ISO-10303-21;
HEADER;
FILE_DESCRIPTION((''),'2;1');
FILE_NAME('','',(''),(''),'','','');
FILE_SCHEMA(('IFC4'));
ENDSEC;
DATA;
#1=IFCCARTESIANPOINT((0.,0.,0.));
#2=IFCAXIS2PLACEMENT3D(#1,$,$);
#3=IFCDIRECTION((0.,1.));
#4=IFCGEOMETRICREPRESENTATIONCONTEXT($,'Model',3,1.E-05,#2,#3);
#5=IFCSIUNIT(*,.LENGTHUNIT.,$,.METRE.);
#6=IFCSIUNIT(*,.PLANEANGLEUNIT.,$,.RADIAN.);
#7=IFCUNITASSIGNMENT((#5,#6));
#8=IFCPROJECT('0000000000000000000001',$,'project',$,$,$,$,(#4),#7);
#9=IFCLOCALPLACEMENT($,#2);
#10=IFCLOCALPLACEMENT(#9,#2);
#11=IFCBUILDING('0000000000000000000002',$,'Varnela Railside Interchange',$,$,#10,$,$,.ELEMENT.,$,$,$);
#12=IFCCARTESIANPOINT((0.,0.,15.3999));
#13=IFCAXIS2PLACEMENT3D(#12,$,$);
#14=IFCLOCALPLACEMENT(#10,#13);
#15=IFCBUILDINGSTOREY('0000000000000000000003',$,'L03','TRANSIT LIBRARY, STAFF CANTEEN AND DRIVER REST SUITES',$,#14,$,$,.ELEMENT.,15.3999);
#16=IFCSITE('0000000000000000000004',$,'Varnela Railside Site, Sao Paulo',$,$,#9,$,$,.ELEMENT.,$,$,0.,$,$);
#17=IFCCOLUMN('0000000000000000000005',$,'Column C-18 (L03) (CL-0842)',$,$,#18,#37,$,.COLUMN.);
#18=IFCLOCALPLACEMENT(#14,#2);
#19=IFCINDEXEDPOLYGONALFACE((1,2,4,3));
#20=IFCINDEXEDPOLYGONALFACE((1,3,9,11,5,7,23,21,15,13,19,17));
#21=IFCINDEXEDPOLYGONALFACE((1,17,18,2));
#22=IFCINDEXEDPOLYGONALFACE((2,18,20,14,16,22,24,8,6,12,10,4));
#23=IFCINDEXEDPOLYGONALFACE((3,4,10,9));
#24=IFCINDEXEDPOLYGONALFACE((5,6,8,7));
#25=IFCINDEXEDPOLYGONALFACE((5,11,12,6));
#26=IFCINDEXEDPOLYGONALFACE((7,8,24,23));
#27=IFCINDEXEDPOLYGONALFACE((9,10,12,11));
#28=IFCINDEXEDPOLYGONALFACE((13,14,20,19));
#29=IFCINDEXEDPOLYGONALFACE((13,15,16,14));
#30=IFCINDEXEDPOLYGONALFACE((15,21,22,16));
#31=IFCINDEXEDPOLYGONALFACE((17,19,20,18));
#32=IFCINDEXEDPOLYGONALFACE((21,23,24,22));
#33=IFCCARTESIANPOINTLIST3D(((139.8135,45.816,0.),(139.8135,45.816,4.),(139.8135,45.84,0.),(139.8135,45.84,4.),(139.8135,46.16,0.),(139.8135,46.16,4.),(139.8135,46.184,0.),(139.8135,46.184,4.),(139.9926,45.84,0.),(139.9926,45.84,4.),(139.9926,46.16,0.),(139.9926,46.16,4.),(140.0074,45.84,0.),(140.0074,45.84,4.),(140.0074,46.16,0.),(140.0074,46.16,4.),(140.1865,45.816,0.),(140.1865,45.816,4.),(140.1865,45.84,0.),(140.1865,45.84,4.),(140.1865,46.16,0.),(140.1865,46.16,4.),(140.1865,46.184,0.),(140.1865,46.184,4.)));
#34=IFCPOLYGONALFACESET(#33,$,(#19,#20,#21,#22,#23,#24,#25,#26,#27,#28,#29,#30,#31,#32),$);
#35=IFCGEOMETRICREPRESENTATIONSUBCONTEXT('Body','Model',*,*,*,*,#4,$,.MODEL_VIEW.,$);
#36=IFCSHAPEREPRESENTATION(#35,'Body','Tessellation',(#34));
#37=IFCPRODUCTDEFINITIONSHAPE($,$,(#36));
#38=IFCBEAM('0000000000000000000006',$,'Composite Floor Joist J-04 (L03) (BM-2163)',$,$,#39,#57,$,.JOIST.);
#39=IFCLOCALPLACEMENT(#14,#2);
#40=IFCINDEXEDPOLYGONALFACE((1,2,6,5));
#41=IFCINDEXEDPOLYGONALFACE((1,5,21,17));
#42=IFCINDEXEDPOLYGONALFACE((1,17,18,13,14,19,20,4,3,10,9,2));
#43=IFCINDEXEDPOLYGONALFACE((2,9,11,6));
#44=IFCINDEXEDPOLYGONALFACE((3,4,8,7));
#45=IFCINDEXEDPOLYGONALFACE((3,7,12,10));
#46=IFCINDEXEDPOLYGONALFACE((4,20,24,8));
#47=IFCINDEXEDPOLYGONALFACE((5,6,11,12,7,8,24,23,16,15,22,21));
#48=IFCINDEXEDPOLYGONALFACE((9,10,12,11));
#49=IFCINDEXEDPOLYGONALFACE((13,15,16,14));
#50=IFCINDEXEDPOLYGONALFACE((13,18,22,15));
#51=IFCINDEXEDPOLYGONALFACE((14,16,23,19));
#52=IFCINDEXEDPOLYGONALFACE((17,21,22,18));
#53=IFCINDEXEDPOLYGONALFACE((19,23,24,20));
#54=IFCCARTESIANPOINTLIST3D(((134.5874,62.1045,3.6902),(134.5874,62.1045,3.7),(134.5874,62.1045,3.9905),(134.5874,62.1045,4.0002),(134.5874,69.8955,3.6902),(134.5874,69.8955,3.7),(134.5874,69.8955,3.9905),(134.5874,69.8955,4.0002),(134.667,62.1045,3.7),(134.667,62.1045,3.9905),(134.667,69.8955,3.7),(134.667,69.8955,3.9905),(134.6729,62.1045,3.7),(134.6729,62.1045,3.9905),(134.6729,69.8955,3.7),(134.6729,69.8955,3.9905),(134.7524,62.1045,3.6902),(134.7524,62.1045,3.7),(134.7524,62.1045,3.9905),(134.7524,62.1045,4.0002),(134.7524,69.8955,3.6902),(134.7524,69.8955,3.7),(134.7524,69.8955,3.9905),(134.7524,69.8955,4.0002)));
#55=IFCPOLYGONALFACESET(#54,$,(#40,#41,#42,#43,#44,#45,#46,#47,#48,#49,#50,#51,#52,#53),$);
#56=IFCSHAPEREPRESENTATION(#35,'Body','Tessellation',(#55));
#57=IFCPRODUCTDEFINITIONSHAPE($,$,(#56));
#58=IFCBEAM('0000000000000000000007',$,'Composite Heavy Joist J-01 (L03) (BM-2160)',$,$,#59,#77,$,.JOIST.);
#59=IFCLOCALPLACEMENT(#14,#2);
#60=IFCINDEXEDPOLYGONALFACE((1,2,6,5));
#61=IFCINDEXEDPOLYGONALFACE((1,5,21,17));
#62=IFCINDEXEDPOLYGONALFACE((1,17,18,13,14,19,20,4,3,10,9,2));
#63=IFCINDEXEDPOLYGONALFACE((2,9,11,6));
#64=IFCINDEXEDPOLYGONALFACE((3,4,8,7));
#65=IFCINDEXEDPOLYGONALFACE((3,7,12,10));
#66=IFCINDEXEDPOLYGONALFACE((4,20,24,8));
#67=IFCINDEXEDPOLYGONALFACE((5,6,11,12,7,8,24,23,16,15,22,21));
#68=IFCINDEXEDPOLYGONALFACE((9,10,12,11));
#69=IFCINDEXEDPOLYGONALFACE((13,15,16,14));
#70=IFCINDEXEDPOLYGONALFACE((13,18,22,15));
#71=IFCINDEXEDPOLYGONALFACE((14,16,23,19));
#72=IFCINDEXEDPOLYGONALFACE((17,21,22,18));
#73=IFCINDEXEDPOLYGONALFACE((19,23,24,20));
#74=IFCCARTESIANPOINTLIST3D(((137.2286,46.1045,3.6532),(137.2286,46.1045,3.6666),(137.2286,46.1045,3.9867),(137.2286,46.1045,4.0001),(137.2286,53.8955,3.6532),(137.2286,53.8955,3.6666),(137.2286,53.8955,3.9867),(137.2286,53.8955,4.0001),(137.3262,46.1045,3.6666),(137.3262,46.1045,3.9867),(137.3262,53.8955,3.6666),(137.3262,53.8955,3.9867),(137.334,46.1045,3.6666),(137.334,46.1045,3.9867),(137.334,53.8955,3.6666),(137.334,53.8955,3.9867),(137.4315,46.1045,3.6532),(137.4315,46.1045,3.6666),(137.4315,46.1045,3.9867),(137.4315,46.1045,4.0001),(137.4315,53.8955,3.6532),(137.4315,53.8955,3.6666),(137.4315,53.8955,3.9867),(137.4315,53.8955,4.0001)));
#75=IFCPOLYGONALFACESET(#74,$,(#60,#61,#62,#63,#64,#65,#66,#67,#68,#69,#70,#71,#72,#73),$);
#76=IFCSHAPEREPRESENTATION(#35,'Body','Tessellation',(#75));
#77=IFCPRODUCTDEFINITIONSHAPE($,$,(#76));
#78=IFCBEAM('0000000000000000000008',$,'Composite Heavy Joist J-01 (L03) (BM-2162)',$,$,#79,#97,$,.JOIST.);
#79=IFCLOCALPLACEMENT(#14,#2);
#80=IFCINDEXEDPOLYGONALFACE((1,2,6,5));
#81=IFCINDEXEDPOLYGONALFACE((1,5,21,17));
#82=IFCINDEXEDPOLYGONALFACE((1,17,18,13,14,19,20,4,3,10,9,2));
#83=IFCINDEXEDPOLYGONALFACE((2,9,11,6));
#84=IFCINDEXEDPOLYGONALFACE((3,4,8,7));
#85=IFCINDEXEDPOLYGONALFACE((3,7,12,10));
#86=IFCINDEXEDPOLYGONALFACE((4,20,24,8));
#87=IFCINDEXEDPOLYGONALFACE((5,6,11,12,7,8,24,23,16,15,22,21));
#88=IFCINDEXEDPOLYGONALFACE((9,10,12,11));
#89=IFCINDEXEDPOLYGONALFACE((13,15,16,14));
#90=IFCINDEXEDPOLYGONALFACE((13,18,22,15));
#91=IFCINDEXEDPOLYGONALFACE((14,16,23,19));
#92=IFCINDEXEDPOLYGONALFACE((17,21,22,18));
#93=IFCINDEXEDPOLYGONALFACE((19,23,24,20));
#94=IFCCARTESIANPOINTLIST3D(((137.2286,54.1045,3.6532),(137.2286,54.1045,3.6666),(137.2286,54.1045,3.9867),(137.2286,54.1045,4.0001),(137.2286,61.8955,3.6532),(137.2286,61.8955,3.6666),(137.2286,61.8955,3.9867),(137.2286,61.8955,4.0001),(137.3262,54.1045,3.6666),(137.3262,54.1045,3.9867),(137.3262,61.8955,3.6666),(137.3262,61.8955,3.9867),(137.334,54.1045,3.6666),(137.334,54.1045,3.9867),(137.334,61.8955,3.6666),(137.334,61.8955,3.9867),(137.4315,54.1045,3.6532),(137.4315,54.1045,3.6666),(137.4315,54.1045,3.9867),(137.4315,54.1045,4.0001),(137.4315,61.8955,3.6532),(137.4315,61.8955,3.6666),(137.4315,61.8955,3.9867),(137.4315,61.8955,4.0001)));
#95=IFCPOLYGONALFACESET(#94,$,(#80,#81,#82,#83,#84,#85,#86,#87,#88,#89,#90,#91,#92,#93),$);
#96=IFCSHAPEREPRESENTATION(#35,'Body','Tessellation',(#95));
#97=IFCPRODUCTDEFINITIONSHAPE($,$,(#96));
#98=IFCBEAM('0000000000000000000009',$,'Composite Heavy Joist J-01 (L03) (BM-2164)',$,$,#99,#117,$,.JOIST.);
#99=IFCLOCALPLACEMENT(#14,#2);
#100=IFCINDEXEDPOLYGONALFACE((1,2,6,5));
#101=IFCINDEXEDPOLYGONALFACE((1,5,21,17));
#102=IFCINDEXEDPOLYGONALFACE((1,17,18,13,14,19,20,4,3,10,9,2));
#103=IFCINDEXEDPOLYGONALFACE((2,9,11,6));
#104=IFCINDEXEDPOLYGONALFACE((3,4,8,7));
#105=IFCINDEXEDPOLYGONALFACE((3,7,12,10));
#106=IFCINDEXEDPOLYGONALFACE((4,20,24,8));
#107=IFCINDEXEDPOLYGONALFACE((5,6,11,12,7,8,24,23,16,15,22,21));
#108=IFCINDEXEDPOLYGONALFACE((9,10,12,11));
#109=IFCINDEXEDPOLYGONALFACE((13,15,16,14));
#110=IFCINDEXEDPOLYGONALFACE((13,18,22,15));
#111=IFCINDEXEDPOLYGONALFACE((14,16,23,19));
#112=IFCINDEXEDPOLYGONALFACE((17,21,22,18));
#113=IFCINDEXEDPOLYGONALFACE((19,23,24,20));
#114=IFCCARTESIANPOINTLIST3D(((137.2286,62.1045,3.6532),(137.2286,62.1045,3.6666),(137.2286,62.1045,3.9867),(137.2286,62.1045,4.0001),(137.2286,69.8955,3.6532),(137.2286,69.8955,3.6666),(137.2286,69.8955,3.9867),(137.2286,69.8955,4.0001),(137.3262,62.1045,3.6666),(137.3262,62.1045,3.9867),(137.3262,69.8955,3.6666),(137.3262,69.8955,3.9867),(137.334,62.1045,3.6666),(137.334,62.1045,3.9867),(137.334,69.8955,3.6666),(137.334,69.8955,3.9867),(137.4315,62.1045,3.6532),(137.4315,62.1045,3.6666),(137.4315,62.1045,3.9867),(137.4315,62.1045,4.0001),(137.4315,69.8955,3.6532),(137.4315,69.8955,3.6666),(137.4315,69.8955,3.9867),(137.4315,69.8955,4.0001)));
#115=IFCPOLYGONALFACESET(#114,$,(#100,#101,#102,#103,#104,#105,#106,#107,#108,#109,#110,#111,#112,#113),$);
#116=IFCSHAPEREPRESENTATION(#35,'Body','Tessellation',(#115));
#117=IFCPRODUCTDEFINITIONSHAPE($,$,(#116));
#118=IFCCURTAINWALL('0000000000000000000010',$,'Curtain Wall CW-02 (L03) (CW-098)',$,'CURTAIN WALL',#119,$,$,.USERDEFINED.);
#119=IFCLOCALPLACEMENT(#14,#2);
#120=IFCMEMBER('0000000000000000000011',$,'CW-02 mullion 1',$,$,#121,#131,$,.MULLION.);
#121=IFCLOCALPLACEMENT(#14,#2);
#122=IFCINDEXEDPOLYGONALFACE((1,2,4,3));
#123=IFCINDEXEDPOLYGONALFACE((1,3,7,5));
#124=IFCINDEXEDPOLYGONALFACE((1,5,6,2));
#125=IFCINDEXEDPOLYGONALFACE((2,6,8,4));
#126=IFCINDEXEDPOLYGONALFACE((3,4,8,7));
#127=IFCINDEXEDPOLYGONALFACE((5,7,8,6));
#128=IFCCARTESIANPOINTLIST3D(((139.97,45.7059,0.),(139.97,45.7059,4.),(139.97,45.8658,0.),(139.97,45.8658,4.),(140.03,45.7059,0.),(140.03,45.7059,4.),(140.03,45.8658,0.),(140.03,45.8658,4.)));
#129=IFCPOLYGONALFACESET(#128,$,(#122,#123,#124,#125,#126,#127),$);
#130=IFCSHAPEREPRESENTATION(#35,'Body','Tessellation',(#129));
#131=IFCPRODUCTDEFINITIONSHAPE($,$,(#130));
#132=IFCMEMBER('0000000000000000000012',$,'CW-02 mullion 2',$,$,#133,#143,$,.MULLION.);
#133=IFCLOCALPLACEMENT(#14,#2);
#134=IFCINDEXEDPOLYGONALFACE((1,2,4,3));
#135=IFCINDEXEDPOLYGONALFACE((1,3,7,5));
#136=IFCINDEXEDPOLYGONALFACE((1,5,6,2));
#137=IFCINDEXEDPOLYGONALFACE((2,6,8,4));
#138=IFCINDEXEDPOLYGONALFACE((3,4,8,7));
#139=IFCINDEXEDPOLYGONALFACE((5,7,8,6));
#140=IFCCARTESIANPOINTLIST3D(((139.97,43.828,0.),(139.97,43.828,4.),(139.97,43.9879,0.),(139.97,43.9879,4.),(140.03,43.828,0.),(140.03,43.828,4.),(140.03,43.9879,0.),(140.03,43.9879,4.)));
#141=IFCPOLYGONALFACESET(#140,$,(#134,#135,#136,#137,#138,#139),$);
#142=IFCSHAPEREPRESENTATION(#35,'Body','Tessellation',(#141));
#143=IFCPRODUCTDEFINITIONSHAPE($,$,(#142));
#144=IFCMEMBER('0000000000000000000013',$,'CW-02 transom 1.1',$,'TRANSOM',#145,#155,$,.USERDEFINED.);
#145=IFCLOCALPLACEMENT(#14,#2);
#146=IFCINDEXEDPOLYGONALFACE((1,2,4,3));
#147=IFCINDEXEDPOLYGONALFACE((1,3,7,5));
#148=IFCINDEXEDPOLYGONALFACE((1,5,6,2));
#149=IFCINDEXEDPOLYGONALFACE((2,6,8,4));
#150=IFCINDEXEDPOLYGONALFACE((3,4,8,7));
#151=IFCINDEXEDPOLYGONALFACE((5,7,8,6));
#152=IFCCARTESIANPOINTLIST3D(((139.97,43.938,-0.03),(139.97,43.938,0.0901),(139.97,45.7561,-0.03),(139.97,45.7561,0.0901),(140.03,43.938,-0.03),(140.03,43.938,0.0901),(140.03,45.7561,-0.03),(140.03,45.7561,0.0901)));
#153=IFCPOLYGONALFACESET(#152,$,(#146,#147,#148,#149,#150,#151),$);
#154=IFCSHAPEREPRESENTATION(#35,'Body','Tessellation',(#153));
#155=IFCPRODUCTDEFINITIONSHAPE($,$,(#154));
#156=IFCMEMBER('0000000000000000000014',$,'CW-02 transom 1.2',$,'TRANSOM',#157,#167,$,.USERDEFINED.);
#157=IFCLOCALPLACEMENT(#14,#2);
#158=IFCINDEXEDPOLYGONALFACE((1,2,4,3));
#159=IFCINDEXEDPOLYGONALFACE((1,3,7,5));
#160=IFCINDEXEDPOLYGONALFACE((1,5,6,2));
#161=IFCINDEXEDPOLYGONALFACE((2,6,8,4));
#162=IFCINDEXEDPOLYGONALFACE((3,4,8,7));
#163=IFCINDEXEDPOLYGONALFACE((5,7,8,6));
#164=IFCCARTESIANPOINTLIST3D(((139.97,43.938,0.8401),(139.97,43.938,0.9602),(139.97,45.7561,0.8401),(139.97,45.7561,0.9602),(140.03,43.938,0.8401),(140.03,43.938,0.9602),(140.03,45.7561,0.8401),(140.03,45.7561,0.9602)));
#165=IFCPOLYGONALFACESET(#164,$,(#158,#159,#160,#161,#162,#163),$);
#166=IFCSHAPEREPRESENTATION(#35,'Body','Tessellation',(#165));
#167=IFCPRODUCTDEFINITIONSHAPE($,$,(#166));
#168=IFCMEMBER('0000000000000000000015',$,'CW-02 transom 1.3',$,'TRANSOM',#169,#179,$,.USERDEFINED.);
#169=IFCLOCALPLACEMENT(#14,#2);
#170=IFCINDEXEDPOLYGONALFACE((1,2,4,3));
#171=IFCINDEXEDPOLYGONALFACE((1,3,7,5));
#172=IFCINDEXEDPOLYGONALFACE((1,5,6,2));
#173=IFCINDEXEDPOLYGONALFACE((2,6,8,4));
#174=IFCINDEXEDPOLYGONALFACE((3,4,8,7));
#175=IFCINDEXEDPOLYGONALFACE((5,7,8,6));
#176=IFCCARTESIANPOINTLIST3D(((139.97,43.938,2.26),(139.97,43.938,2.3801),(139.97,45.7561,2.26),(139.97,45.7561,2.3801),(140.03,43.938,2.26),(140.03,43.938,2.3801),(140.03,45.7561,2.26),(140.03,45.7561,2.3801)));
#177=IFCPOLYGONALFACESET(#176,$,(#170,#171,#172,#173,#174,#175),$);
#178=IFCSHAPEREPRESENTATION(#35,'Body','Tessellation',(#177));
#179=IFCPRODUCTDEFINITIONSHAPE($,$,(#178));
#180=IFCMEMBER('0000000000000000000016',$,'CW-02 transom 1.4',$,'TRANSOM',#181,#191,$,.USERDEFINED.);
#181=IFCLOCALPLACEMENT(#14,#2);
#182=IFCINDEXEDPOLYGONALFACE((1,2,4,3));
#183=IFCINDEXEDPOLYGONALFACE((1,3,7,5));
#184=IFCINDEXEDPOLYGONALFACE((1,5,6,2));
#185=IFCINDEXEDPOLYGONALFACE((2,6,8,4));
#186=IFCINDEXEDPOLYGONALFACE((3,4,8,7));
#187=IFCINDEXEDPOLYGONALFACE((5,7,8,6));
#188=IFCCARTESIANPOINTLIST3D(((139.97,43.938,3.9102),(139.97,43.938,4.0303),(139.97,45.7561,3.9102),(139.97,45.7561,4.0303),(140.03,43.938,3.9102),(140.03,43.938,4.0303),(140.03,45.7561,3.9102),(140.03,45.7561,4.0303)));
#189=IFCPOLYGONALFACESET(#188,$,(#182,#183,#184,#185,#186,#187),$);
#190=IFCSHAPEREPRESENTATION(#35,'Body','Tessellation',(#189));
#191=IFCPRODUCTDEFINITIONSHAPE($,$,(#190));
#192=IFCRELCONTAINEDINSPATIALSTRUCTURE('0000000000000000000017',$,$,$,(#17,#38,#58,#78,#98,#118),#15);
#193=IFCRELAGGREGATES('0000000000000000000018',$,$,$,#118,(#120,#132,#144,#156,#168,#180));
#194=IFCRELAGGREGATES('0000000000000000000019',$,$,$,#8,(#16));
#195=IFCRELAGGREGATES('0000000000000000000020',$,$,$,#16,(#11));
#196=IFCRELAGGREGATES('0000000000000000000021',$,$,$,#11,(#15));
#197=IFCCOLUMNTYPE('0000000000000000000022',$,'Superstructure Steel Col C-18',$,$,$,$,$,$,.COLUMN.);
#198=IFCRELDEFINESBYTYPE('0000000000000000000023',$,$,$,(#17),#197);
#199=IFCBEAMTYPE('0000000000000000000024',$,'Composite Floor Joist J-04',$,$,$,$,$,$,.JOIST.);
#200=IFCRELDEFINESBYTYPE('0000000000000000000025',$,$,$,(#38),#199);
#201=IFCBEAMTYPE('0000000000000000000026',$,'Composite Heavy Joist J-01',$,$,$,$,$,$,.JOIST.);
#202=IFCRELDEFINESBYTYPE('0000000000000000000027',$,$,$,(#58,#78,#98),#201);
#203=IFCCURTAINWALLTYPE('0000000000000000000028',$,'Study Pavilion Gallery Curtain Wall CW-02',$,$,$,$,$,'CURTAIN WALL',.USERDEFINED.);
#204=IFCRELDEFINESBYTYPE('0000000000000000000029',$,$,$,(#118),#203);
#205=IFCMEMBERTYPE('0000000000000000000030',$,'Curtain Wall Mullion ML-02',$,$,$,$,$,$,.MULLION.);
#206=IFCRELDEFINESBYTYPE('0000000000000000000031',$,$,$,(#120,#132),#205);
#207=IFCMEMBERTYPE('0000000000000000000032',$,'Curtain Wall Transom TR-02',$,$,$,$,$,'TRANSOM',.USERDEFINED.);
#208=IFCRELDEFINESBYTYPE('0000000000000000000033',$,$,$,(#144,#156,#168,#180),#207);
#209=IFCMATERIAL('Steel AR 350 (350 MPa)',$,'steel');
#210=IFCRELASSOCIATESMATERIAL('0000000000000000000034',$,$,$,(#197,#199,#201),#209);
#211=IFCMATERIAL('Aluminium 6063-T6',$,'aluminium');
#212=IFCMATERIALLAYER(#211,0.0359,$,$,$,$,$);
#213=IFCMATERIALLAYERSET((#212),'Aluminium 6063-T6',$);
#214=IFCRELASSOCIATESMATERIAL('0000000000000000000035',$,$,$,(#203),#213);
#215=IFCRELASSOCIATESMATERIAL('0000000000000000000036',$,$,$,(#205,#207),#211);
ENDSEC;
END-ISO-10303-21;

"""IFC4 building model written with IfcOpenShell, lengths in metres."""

from ifc_helpers import new_model, si_unit, direction, frame, origin, origin_2d, place, context, subcontext, project, spatial, rectangle, i_section, extrude, material, layer, layer_set, material_profile, profile_set, type_object, element, aggregate, save


model = new_model("IFC4")

# Units and contexts
model_context = context("Model", 3, precision=1e-05, world=origin(), true_north=direction((0.0, 1.0)))
body_context = subcontext(model_context, "Body", "Model", "MODEL_VIEW")
ifc_project = project(units=[si_unit("LENGTHUNIT", "METRE"), si_unit("PLANEANGLEUNIT", "RADIAN")], contexts=[model_context])

# Site, building, storey
site_placement = place(None, origin())
site = spatial("IfcSite", under=ifc_project, at=site_placement, Name="Varnela Railside Site, Sao Paulo", CompositionType="ELEMENT", RefElevation=0.0)
building_placement = place(site_placement, origin())
building = spatial("IfcBuilding", under=site, at=building_placement, Name="Varnela Railside Interchange", CompositionType="ELEMENT")
storey_placement = place(building_placement, frame((0.0, 0.0, 15.3999)))
storey = spatial("IfcBuildingStorey", under=building, at=storey_placement, Name="L03", Description="TRANSIT LIBRARY, STAFF CANTEEN AND DRIVER REST SUITES", CompositionType="ELEMENT", Elevation=15.3999)

# Column
ifc_material_1 = material(Name="Steel AR 350 (350 MPa)", Category="steel")
ifc_material_profile_1 = material_profile(ifc_material_1, i_section(OverallWidth=0.373, OverallDepth=0.3679, WebThickness=0.0149, FlangeThickness=0.0239, at=origin_2d()), Name="W360x179")
ifc_profile_set_1 = profile_set([ifc_material_profile_1], Name="Steel AR 350 (350 MPa)")
column_type = type_object("IfcColumnType", Name="Superstructure Steel Col C-18", PredefinedType="COLUMN", material=ifc_profile_set_1)
column_placement = place(storey_placement, frame((140.0, 46.0, 0.0), z_axis=(0.0, 0.0, 1.0), x_axis=(1.0, 0.0, 0.0)))
element("IfcColumn", 1, at=column_placement, inside=storey, type_object=column_type, Name="Column C-18 (L03) (CL-0842)", PredefinedType="COLUMN", context=body_context, shape_type="SweptSolid", body=[
    extrude(i_section(OverallWidth=0.373, OverallDepth=0.3679, WebThickness=0.0149, FlangeThickness=0.0239, at=origin_2d()), origin(), (0.0, 0.0, 1.0), 4.0),
])

# Beams
ifc_material_profile_2 = material_profile(ifc_material_1, i_section(OverallWidth=0.165, OverallDepth=0.3101, WebThickness=0.0059, FlangeThickness=0.0098, at=origin_2d()), Name="W310x38.7")
ifc_profile_set_2 = profile_set([ifc_material_profile_2], Name="Steel AR 350 (350 MPa)")
beam_type_1 = type_object("IfcBeamType", Name="Composite Floor Joist J-04", PredefinedType="JOIST", material=ifc_profile_set_2)
beam_1_placement = place(storey_placement, frame((134.6699, 62.1045, 3.8452), z_axis=(0.0, 1.0, 0.0), x_axis=(-1.0, 0.0, 0.0)))
element("IfcBeam", 2, at=beam_1_placement, inside=storey, type_object=beam_type_1, Name="Composite Floor Joist J-04 (L03) (BM-2163)", PredefinedType="JOIST", context=body_context, shape_type="SweptSolid", body=[
    extrude(i_section(OverallWidth=0.165, OverallDepth=0.3101, WebThickness=0.0059, FlangeThickness=0.0098, at=origin_2d()), origin(), (0.0, 0.0, 1.0), 7.791),
])
ifc_material_profile_3 = material_profile(ifc_material_1, i_section(OverallWidth=0.2029, OverallDepth=0.3469, WebThickness=0.0078, FlangeThickness=0.0134, at=origin_2d()), Name="W360x64")
ifc_profile_set_3 = profile_set([ifc_material_profile_3], Name="Steel AR 350 (350 MPa)")
beam_type_2 = type_object("IfcBeamType", Name="Composite Heavy Joist J-01", PredefinedType="JOIST", material=ifc_profile_set_3)
for number, where, z_axis, x_axis, name in (
    (3, (137.3301, 46.1045, 3.8267), (0.0, 1.0, 0.0), (-1.0, 0.0, 0.0), "Composite Heavy Joist J-01 (L03) (BM-2160)"),
    (4, (137.3301, 54.1045, 3.8267), (0.0, 1.0, 0.0), (-1.0, 0.0, 0.0), "Composite Heavy Joist J-01 (L03) (BM-2162)"),
    (5, (137.3301, 62.1045, 3.8267), (0.0, 1.0, 0.0), (-1.0, 0.0, 0.0), "Composite Heavy Joist J-01 (L03) (BM-2164)"),
):
    element("IfcBeam", number, at=place(storey_placement, frame(where, z_axis=z_axis, x_axis=x_axis)), inside=storey, type_object=beam_type_2, Name=name, PredefinedType="JOIST", context=body_context, shape_type="SweptSolid", body=[
        extrude(i_section(OverallWidth=0.2029, OverallDepth=0.3469, WebThickness=0.0078, FlangeThickness=0.0134, at=origin_2d()), origin(), (0.0, 0.0, 1.0), 7.791),
    ])

# Curtain wall, members
ifc_material_2 = material(Name="Aluminium 6063-T6", Category="aluminium")
ifc_layer_1 = layer(ifc_material_2, 0.0359)
ifc_layer_set_1 = layer_set([ifc_layer_1], Name="Aluminium 6063-T6")
curtain_wall_type = type_object("IfcCurtainWallType", Name="Study Pavilion Gallery Curtain Wall CW-02", ElementType="CURTAIN WALL", PredefinedType="USERDEFINED", material=ifc_layer_set_1)
curtain_wall_placement = place(storey_placement, origin())
curtain_wall = element("IfcCurtainWall", 6, at=curtain_wall_placement, inside=storey, type_object=curtain_wall_type, Name="Curtain Wall CW-02 (L03) (CW-098)", ObjectType="CURTAIN WALL", PredefinedType="USERDEFINED")
ifc_material_profile_4 = material_profile(ifc_material_2, rectangle(XDim=0.0601, YDim=0.1599, at=origin_2d()), Name="ALU 60x160")
ifc_profile_set_4 = profile_set([ifc_material_profile_4], Name="Aluminium 6063-T6")
member_type_1 = type_object("IfcMemberType", Name="Curtain Wall Mullion ML-02", PredefinedType="MULLION", material=ifc_profile_set_4)
member_1_placement = place(storey_placement, frame((140.0, 45.7859, 0.0), z_axis=(0.0, 0.0, 1.0), x_axis=(1.0, 0.0, 0.0)))
member_1 = element("IfcMember", 7, at=member_1_placement, type_object=member_type_1, Name="CW-02 mullion 1", PredefinedType="MULLION", context=body_context, shape_type="SweptSolid", body=[
    extrude(rectangle(XDim=0.0601, YDim=0.1599, at=origin_2d()), origin(), (0.0, 0.0, 1.0), 4.0),
])
member_2_placement = place(storey_placement, frame((140.0, 43.908, 0.0), z_axis=(0.0, 0.0, 1.0), x_axis=(1.0, 0.0, 0.0)))
member_2 = element("IfcMember", 8, at=member_2_placement, type_object=member_type_1, Name="CW-02 mullion 2", PredefinedType="MULLION", context=body_context, shape_type="SweptSolid", body=[
    extrude(rectangle(XDim=0.0601, YDim=0.1599, at=origin_2d()), origin(), (0.0, 0.0, 1.0), 4.0),
])
ifc_material_profile_5 = material_profile(ifc_material_2, rectangle(XDim=0.0601, YDim=0.1201, at=origin_2d()), Name="ALU 60x120")
ifc_profile_set_5 = profile_set([ifc_material_profile_5], Name="Aluminium 6063-T6")
member_type_2 = type_object("IfcMemberType", Name="Curtain Wall Transom TR-02", ElementType="TRANSOM", PredefinedType="USERDEFINED", material=ifc_profile_set_5)
member_3_placement = place(storey_placement, frame((140.0, 45.7561, 0.03), z_axis=(0.0, -1.0, 0.0), x_axis=(1.0, 0.0, 0.0)))
member_3 = element("IfcMember", 9, at=member_3_placement, type_object=member_type_2, Name="CW-02 transom 1.1", ObjectType="TRANSOM", PredefinedType="USERDEFINED", context=body_context, shape_type="SweptSolid", body=[
    extrude(rectangle(XDim=0.0601, YDim=0.1201, at=origin_2d()), origin(), (0.0, 0.0, 1.0), 1.8181),
])
member_4_placement = place(storey_placement, frame((140.0, 45.7561, 0.9001), z_axis=(0.0, -1.0, 0.0), x_axis=(1.0, 0.0, 0.0)))
member_4 = element("IfcMember", 10, at=member_4_placement, type_object=member_type_2, Name="CW-02 transom 1.2", ObjectType="TRANSOM", PredefinedType="USERDEFINED", context=body_context, shape_type="SweptSolid", body=[
    extrude(rectangle(XDim=0.0601, YDim=0.1201, at=origin_2d()), origin(), (0.0, 0.0, 1.0), 1.8181),
])
member_5_placement = place(storey_placement, frame((140.0, 45.7561, 2.3201), z_axis=(0.0, -1.0, 0.0), x_axis=(1.0, 0.0, 0.0)))
member_5 = element("IfcMember", 11, at=member_5_placement, type_object=member_type_2, Name="CW-02 transom 1.3", ObjectType="TRANSOM", PredefinedType="USERDEFINED", context=body_context, shape_type="SweptSolid", body=[
    extrude(rectangle(XDim=0.0601, YDim=0.1201, at=origin_2d()), origin(), (0.0, 0.0, 1.0), 1.8181),
])
member_6_placement = place(storey_placement, frame((140.0, 45.7561, 3.9702), z_axis=(0.0, -1.0, 0.0), x_axis=(1.0, 0.0, 0.0)))
member_6 = element("IfcMember", 12, at=member_6_placement, type_object=member_type_2, Name="CW-02 transom 1.4", ObjectType="TRANSOM", PredefinedType="USERDEFINED", context=body_context, shape_type="SweptSolid", body=[
    extrude(rectangle(XDim=0.0601, YDim=0.1201, at=origin_2d()), origin(), (0.0, 0.0, 1.0), 1.8181),
])

aggregate(curtain_wall, [member_1, member_2, member_3, member_4, member_5, member_6])

save(model, "model.ifc")
